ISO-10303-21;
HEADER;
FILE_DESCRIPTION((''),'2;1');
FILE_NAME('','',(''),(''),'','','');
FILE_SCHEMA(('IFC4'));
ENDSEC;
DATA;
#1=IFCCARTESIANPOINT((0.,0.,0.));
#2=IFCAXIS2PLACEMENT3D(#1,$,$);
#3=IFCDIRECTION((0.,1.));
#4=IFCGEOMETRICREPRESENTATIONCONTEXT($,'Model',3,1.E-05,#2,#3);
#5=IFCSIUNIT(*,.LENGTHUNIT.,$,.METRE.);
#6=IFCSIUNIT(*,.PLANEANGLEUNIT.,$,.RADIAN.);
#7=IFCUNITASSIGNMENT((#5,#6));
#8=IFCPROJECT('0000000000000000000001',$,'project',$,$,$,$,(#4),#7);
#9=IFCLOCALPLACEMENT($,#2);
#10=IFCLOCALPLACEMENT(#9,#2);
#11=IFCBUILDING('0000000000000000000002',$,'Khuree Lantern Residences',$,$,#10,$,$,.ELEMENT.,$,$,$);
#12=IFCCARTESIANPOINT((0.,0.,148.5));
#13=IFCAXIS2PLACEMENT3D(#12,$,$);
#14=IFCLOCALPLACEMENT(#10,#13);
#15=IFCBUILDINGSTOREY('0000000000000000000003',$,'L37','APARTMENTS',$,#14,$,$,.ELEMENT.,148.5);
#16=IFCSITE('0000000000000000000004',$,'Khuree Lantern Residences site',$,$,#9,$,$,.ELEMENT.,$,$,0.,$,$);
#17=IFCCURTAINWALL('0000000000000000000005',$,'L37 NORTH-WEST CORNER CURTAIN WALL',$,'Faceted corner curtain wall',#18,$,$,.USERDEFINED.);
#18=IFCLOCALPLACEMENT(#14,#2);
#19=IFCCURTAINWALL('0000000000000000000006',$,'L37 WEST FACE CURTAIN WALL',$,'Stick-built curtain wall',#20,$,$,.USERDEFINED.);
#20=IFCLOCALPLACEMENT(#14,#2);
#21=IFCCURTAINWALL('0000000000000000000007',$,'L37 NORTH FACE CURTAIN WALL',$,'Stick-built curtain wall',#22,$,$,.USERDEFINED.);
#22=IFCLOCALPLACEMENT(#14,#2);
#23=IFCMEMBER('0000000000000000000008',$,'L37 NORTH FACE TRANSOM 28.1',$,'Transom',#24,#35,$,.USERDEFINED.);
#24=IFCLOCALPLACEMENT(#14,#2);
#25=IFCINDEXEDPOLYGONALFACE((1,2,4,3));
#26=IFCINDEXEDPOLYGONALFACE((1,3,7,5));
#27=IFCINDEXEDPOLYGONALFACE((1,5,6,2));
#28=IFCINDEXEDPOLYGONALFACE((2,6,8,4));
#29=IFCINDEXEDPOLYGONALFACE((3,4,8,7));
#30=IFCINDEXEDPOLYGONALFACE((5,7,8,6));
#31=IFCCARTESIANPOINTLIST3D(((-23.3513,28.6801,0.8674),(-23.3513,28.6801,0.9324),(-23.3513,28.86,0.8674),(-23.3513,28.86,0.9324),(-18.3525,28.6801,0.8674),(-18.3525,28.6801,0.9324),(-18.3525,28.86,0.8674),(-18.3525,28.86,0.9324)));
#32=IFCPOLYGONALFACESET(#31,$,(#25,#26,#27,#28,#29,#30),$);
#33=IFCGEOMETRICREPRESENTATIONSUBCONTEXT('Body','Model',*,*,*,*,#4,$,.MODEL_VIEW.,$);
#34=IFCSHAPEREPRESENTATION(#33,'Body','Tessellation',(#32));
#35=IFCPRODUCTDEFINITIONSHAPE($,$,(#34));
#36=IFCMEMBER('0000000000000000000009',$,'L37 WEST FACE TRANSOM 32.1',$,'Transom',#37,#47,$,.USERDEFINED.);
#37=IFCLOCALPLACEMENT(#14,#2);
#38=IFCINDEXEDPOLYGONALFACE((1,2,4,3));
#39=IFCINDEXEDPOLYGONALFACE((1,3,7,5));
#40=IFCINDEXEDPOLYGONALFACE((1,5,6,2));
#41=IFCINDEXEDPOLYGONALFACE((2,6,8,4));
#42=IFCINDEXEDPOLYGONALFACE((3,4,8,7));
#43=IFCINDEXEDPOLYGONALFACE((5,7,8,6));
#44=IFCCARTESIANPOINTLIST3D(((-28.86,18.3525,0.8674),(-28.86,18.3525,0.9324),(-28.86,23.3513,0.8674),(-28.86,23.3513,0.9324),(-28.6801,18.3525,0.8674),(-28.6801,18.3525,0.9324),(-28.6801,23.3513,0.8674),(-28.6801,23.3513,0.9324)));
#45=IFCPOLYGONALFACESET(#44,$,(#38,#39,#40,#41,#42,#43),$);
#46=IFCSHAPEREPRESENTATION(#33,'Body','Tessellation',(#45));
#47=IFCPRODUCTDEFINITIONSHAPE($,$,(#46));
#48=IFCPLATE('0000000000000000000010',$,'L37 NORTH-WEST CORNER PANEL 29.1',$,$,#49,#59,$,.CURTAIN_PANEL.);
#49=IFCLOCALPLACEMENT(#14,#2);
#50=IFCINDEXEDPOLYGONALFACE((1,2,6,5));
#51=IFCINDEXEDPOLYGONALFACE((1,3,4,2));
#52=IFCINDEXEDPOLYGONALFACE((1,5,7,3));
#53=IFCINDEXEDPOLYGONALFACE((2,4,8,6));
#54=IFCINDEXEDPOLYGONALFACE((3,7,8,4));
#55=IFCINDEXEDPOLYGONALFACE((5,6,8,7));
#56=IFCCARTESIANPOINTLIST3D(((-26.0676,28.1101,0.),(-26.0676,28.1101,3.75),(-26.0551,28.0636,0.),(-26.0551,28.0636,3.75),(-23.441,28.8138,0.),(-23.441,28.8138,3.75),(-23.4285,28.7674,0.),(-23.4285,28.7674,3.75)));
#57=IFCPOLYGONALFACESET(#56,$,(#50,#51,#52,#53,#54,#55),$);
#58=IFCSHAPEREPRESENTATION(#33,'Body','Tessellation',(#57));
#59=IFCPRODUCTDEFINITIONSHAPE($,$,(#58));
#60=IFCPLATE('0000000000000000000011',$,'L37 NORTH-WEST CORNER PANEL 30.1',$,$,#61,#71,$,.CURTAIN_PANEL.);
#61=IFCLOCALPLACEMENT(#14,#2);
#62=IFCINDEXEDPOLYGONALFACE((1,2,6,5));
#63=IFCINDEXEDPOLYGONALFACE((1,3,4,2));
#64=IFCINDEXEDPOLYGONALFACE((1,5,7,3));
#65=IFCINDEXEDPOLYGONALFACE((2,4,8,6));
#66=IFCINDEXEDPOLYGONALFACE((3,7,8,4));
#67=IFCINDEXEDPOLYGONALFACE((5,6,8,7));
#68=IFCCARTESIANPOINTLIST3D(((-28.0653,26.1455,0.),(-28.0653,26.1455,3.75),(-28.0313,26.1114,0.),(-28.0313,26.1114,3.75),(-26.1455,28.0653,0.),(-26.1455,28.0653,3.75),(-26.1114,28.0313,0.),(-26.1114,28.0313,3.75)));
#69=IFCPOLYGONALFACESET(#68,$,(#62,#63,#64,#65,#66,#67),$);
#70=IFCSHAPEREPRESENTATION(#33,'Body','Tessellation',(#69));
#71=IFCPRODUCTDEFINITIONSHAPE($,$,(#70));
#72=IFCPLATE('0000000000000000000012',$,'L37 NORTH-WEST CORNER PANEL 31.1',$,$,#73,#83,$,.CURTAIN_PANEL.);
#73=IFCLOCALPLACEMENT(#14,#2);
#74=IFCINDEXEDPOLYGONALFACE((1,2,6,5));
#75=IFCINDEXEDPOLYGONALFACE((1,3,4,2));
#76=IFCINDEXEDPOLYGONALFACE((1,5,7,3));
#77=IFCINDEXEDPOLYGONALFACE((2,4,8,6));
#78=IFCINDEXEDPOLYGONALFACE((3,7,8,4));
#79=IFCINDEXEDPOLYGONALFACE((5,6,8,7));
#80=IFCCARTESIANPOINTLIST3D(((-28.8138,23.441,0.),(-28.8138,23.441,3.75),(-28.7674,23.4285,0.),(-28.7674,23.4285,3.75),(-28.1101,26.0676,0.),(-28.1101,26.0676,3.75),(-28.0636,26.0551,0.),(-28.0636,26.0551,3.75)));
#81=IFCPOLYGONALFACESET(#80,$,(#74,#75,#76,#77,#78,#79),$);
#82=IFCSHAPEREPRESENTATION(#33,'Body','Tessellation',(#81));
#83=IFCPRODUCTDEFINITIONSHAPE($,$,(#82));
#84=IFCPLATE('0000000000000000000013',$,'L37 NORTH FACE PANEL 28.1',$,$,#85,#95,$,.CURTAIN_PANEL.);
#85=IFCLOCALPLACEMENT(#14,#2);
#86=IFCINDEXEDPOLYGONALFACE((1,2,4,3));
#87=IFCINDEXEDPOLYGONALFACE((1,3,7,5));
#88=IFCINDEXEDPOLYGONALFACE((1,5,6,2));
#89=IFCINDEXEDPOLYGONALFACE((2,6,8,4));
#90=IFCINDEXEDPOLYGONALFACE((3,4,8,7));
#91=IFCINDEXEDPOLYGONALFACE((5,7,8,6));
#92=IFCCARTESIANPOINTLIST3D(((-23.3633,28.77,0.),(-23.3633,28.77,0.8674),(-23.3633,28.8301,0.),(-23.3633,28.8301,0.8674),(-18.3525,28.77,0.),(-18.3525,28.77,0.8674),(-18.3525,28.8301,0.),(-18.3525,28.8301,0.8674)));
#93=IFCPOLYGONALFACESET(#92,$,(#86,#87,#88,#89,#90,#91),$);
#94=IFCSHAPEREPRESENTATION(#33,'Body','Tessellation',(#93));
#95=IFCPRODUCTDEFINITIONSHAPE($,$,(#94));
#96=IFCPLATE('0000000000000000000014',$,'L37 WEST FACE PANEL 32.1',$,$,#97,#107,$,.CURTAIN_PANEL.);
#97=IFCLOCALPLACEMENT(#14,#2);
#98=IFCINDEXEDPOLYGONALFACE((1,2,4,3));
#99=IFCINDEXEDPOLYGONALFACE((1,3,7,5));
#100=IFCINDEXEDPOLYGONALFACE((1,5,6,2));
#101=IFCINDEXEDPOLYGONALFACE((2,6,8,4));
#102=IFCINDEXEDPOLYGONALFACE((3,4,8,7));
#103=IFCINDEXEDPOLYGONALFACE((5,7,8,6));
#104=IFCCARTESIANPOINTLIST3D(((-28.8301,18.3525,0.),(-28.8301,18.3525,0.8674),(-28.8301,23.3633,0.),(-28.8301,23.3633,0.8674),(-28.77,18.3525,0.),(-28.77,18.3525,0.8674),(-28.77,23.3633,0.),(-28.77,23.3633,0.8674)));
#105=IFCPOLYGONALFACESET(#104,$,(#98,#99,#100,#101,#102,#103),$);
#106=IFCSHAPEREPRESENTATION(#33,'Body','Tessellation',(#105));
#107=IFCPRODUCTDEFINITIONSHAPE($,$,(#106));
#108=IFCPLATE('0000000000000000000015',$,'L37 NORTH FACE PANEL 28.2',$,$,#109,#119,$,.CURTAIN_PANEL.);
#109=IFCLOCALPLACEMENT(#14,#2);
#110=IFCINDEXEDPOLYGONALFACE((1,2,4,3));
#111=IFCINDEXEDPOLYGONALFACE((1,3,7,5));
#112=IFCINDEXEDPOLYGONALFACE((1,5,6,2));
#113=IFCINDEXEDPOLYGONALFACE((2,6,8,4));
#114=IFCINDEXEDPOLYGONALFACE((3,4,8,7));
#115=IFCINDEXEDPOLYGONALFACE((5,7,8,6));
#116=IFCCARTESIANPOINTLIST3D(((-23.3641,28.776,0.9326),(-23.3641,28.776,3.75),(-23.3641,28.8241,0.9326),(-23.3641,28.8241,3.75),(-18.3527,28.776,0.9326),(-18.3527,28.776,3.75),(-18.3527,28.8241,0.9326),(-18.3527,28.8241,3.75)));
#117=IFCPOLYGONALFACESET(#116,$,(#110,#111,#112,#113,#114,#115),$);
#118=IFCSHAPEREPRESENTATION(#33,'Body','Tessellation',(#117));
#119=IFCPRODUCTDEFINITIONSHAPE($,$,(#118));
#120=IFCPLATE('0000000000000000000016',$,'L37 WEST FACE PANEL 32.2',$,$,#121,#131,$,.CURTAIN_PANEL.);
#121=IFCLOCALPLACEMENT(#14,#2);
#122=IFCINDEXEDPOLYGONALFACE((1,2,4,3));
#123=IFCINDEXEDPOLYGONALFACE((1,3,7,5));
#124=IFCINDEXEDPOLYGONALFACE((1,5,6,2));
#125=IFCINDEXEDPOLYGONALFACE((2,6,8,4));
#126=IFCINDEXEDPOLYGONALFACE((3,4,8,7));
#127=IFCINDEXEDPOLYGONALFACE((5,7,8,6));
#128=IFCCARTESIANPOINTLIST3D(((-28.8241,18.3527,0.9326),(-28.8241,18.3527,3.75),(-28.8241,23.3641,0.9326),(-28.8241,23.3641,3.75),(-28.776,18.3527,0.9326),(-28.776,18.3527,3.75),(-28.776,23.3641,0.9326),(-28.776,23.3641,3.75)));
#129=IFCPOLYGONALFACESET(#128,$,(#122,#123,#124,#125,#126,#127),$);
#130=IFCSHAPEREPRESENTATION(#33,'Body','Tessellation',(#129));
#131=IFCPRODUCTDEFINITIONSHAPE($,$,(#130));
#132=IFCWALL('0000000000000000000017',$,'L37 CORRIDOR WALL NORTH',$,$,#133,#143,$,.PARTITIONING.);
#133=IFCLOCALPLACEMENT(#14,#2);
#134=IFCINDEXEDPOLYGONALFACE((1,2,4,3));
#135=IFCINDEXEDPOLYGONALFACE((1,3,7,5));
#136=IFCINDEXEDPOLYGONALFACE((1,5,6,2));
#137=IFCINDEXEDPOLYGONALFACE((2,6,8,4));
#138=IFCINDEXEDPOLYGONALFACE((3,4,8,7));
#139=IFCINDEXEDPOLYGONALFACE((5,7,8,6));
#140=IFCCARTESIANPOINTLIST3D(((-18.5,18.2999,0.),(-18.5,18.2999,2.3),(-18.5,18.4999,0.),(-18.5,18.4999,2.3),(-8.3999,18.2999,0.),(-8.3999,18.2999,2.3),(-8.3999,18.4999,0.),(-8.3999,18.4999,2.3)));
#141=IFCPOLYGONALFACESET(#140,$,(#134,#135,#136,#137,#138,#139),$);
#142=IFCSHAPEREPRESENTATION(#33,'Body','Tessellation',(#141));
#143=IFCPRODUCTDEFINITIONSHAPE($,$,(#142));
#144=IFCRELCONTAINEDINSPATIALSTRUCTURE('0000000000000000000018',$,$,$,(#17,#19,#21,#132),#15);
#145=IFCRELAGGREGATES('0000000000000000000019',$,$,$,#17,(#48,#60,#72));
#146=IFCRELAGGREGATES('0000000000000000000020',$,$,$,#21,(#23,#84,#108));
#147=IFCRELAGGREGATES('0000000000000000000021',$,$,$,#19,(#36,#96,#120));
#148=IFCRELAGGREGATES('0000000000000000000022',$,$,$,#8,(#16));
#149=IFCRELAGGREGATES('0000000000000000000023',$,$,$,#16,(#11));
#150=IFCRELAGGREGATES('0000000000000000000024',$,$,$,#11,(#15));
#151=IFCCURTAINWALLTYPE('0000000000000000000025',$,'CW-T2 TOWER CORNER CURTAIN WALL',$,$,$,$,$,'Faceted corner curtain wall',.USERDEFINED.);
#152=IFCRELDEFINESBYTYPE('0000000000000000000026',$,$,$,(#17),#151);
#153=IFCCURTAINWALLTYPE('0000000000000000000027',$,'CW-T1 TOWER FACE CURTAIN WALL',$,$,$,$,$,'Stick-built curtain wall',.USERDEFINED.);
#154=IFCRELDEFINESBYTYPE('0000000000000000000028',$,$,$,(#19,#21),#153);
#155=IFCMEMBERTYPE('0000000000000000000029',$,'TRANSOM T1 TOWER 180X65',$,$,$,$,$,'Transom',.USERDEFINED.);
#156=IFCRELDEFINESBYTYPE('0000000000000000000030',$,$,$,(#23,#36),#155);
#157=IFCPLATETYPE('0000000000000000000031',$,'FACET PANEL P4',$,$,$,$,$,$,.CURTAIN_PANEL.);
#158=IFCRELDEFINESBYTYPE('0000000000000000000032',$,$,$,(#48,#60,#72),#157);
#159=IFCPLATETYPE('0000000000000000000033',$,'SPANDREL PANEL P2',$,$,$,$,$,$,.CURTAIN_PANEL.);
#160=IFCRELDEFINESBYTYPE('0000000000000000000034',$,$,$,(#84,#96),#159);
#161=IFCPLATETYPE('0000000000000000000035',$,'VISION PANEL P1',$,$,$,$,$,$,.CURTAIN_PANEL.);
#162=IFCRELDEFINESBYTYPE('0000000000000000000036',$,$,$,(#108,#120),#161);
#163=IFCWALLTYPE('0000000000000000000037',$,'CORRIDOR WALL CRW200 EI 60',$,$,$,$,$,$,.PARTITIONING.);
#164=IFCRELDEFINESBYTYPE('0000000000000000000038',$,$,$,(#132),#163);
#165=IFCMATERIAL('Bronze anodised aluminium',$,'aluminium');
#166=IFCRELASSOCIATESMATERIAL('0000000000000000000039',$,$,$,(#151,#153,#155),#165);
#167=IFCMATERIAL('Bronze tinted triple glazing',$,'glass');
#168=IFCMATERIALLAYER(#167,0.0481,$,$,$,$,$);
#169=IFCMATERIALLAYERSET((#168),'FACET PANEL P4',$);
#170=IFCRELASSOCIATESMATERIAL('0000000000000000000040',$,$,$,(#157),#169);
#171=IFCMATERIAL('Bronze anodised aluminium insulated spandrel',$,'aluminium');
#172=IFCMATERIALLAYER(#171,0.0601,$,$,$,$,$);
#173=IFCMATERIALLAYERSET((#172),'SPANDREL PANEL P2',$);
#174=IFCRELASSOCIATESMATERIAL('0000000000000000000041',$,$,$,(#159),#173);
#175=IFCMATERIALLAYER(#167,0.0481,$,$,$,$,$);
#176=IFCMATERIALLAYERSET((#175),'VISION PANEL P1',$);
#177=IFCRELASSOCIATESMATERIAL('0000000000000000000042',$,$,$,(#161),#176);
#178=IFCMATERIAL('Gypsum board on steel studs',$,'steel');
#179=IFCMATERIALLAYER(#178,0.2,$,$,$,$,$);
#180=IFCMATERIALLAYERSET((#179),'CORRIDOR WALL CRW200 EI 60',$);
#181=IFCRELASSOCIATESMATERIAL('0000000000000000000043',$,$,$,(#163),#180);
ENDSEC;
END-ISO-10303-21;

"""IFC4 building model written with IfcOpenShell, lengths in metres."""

from ifc_helpers import new_model, si_unit, direction, frame, frame_2d, origin, origin_2d, place, context, subcontext, project, spatial, rectangle, extrude, material, layer, layer_set, material_profile, profile_set, type_object, element, aggregate, save


model = new_model("IFC4")

# Units and contexts
model_context = context("Model", 3, precision=1e-05, world=origin(), true_north=direction((0.0, 1.0)))
body_context = subcontext(model_context, "Body", "Model", "MODEL_VIEW")
ifc_project = project(units=[si_unit("LENGTHUNIT", "METRE"), si_unit("PLANEANGLEUNIT", "RADIAN")], contexts=[model_context])

# Site, building, storey
site_placement = place(None, origin())
site = spatial("IfcSite", under=ifc_project, at=site_placement, Name="Khuree Lantern Residences site", CompositionType="ELEMENT", RefElevation=0.0)
building_placement = place(site_placement, origin())
building = spatial("IfcBuilding", under=site, at=building_placement, Name="Khuree Lantern Residences", CompositionType="ELEMENT")
storey_placement = place(building_placement, frame((0.0, 0.0, 148.5)))
storey = spatial("IfcBuildingStorey", under=building, at=storey_placement, Name="L37", Description="APARTMENTS", CompositionType="ELEMENT", Elevation=148.5)

# Curtain walls
ifc_material_1 = material(Name="Bronze anodised aluminium", Category="aluminium")
curtain_wall_type_1 = type_object("IfcCurtainWallType", Name="CW-T2 TOWER CORNER CURTAIN WALL", ElementType="Faceted corner curtain wall", PredefinedType="USERDEFINED", material=ifc_material_1)
curtain_wall_1_placement = place(storey_placement, origin())
curtain_wall_1 = element("IfcCurtainWall", 1, at=curtain_wall_1_placement, inside=storey, type_object=curtain_wall_type_1, Name="L37 NORTH-WEST CORNER CURTAIN WALL", ObjectType="Faceted corner curtain wall", PredefinedType="USERDEFINED")
curtain_wall_type_2 = type_object("IfcCurtainWallType", Name="CW-T1 TOWER FACE CURTAIN WALL", ElementType="Stick-built curtain wall", PredefinedType="USERDEFINED", material=ifc_material_1)
curtain_wall_2_placement = place(storey_placement, origin())
curtain_wall_2 = element("IfcCurtainWall", 2, at=curtain_wall_2_placement, inside=storey, type_object=curtain_wall_type_2, Name="L37 WEST FACE CURTAIN WALL", ObjectType="Stick-built curtain wall", PredefinedType="USERDEFINED")

# Curtain wall, member
curtain_wall_3_placement = place(storey_placement, origin())
curtain_wall_3 = element("IfcCurtainWall", 3, at=curtain_wall_3_placement, inside=storey, type_object=curtain_wall_type_2, Name="L37 NORTH FACE CURTAIN WALL", ObjectType="Stick-built curtain wall", PredefinedType="USERDEFINED")
ifc_material_profile_1 = material_profile(ifc_material_1, rectangle(XDim=0.1799, YDim=0.0649, at=origin_2d()), Name="T1 180X65")
ifc_profile_set_1 = profile_set([ifc_material_profile_1], Name="Bronze anodised aluminium")
member_type_1 = type_object("IfcMemberType", Name="TRANSOM T1 TOWER 180X65", ElementType="Transom", PredefinedType="USERDEFINED", material=ifc_profile_set_1)
member_1_placement = place(storey_placement, frame((-18.3525, 28.77, 0.8999), z_axis=(-1.0, 0.0, 0.0), x_axis=(0.0, -1.0, 0.0)))
member_1 = element("IfcMember", 4, at=member_1_placement, type_object=member_type_1, Name="L37 NORTH FACE TRANSOM 28.1", ObjectType="Transom", PredefinedType="USERDEFINED", context=body_context, shape_type="SweptSolid", body=[
    extrude(rectangle(XDim=0.1799, YDim=0.0649, at=origin_2d()), origin(), (0.0, 0.0, 1.0), 4.9988),
])

# Member
member_2_placement = place(storey_placement, frame((-28.77, 23.3513, 0.8999), z_axis=(0.0, -1.0, 0.0), x_axis=(1.0, 0.0, 0.0)))
member_2 = element("IfcMember", 5, at=member_2_placement, type_object=member_type_1, Name="L37 WEST FACE TRANSOM 32.1", ObjectType="Transom", PredefinedType="USERDEFINED", context=body_context, shape_type="SweptSolid", body=[
    extrude(rectangle(XDim=0.1799, YDim=0.0649, at=origin_2d()), origin(), (0.0, 0.0, 1.0), 4.9988),
])

# Plates
ifc_material_2 = material(Name="Bronze tinted triple glazing", Category="glass")
ifc_layer_1 = layer(ifc_material_2, 0.0481)
ifc_layer_set_1 = layer_set([ifc_layer_1], Name="FACET PANEL P4")
plate_type_1 = type_object("IfcPlateType", Name="FACET PANEL P4", PredefinedType="CURTAIN_PANEL", material=ifc_layer_set_1)
plate_1_placement = place(storey_placement, frame((-24.748, 28.4387, 0.0), z_axis=(0.0, 0.0, 1.0), x_axis=(-0.965926, -0.258819, 0.0)))
plate_1 = element("IfcPlate", 6, at=plate_1_placement, type_object=plate_type_1, Name="L37 NORTH-WEST CORNER PANEL 29.1", PredefinedType="CURTAIN_PANEL", context=body_context, shape_type="SweptSolid", body=[
    extrude(rectangle(XDim=2.7192, YDim=0.0481, at=origin_2d()), origin(), (0.0, 0.0, 1.0), 3.75),
])
plate_2_placement = place(storey_placement, frame((-27.0884, 27.0884, 0.0), z_axis=(0.0, 0.0, 1.0), x_axis=(-0.707107, -0.707107, 0.0)))
plate_2 = element("IfcPlate", 7, at=plate_2_placement, type_object=plate_type_1, Name="L37 NORTH-WEST CORNER PANEL 30.1", PredefinedType="CURTAIN_PANEL", context=body_context, shape_type="SweptSolid", body=[
    extrude(rectangle(XDim=2.7151, YDim=0.0481, at=origin_2d()), origin(), (0.0, 0.0, 1.0), 3.75),
])
plate_3_placement = place(storey_placement, frame((-28.4387, 24.748, 0.0), z_axis=(0.0, 0.0, 1.0), x_axis=(-0.258819, -0.965926, 0.0)))
plate_3 = element("IfcPlate", 8, at=plate_3_placement, type_object=plate_type_1, Name="L37 NORTH-WEST CORNER PANEL 31.1", PredefinedType="CURTAIN_PANEL", context=body_context, shape_type="SweptSolid", body=[
    extrude(rectangle(XDim=2.7192, YDim=0.0481, at=origin_2d()), origin(), (0.0, 0.0, 1.0), 3.75),
])
aggregate(curtain_wall_1, [plate_1, plate_2, plate_3])
ifc_material_3 = material(Name="Bronze anodised aluminium insulated spandrel", Category="aluminium")
ifc_layer_2 = layer(ifc_material_3, 0.0601)
ifc_layer_set_2 = layer_set([ifc_layer_2], Name="SPANDREL PANEL P2")
plate_type_2 = type_object("IfcPlateType", Name="SPANDREL PANEL P2", PredefinedType="CURTAIN_PANEL", material=ifc_layer_set_2)
plate_4_placement = place(storey_placement, frame((-20.8579, 28.8, 0.0), z_axis=(0.0, 0.0, 1.0), x_axis=(-1.0, 0.0, 0.0)))
plate_4 = element("IfcPlate", 9, at=plate_4_placement, type_object=plate_type_2, Name="L37 NORTH FACE PANEL 28.1", PredefinedType="CURTAIN_PANEL", context=body_context, shape_type="SweptSolid", body=[
    extrude(rectangle(XDim=5.0107, YDim=0.0601, at=origin_2d()), origin(), (0.0, 0.0, 1.0), 0.8674),
])
plate_5_placement = place(storey_placement, frame((-28.8, 20.8579, 0.0), z_axis=(0.0, 0.0, 1.0), x_axis=(0.0, -1.0, 0.0)))
plate_5 = element("IfcPlate", 10, at=plate_5_placement, type_object=plate_type_2, Name="L37 WEST FACE PANEL 32.1", PredefinedType="CURTAIN_PANEL", context=body_context, shape_type="SweptSolid", body=[
    extrude(rectangle(XDim=5.0107, YDim=0.0601, at=origin_2d()), origin(), (0.0, 0.0, 1.0), 0.8674),
])
ifc_layer_3 = layer(ifc_material_2, 0.0481)
ifc_layer_set_3 = layer_set([ifc_layer_3], Name="VISION PANEL P1")
plate_type_3 = type_object("IfcPlateType", Name="VISION PANEL P1", PredefinedType="CURTAIN_PANEL", material=ifc_layer_set_3)
plate_6_placement = place(storey_placement, frame((-20.8584, 28.8, 0.9326), z_axis=(0.0, 0.0, 1.0), x_axis=(-1.0, 0.0, 0.0)))
plate_6 = element("IfcPlate", 11, at=plate_6_placement, type_object=plate_type_3, Name="L37 NORTH FACE PANEL 28.2", PredefinedType="CURTAIN_PANEL", context=body_context, shape_type="SweptSolid", body=[
    extrude(rectangle(XDim=5.0115, YDim=0.0481, at=origin_2d()), origin(), (0.0, 0.0, 1.0), 2.8174),
])
aggregate(curtain_wall_3, [member_1, plate_4, plate_6])
plate_7_placement = place(storey_placement, frame((-28.8, 20.8584, 0.9326), z_axis=(0.0, 0.0, 1.0), x_axis=(0.0, -1.0, 0.0)))
plate_7 = element("IfcPlate", 12, at=plate_7_placement, type_object=plate_type_3, Name="L37 WEST FACE PANEL 32.2", PredefinedType="CURTAIN_PANEL", context=body_context, shape_type="SweptSolid", body=[
    extrude(rectangle(XDim=5.0115, YDim=0.0481, at=origin_2d()), origin(), (0.0, 0.0, 1.0), 2.8174),
])
aggregate(curtain_wall_2, [member_2, plate_5, plate_7])

# Wall
ifc_material_4 = material(Name="Gypsum board on steel studs", Category="steel")
ifc_layer_4 = layer(ifc_material_4, 0.2)
ifc_layer_set_4 = layer_set([ifc_layer_4], Name="CORRIDOR WALL CRW200 EI 60")
wall_type = type_object("IfcWallType", Name="CORRIDOR WALL CRW200 EI 60", PredefinedType="PARTITIONING", material=ifc_layer_set_4)
wall_placement = place(storey_placement, frame((-18.5, 18.3999, 0.0), z_axis=(0.0, 0.0, 1.0), x_axis=(1.0, 0.0, 0.0)))
element("IfcWall", 13, at=wall_placement, inside=storey, type_object=wall_type, Name="L37 CORRIDOR WALL NORTH", PredefinedType="PARTITIONING", context=body_context, shape_type="SweptSolid", body=[
    extrude(rectangle(XDim=10.1001, YDim=0.2, at=frame_2d((5.05, 0.0))), origin(), (0.0, 0.0, 1.0), 2.3),
])

save(model, "model.ifc")
